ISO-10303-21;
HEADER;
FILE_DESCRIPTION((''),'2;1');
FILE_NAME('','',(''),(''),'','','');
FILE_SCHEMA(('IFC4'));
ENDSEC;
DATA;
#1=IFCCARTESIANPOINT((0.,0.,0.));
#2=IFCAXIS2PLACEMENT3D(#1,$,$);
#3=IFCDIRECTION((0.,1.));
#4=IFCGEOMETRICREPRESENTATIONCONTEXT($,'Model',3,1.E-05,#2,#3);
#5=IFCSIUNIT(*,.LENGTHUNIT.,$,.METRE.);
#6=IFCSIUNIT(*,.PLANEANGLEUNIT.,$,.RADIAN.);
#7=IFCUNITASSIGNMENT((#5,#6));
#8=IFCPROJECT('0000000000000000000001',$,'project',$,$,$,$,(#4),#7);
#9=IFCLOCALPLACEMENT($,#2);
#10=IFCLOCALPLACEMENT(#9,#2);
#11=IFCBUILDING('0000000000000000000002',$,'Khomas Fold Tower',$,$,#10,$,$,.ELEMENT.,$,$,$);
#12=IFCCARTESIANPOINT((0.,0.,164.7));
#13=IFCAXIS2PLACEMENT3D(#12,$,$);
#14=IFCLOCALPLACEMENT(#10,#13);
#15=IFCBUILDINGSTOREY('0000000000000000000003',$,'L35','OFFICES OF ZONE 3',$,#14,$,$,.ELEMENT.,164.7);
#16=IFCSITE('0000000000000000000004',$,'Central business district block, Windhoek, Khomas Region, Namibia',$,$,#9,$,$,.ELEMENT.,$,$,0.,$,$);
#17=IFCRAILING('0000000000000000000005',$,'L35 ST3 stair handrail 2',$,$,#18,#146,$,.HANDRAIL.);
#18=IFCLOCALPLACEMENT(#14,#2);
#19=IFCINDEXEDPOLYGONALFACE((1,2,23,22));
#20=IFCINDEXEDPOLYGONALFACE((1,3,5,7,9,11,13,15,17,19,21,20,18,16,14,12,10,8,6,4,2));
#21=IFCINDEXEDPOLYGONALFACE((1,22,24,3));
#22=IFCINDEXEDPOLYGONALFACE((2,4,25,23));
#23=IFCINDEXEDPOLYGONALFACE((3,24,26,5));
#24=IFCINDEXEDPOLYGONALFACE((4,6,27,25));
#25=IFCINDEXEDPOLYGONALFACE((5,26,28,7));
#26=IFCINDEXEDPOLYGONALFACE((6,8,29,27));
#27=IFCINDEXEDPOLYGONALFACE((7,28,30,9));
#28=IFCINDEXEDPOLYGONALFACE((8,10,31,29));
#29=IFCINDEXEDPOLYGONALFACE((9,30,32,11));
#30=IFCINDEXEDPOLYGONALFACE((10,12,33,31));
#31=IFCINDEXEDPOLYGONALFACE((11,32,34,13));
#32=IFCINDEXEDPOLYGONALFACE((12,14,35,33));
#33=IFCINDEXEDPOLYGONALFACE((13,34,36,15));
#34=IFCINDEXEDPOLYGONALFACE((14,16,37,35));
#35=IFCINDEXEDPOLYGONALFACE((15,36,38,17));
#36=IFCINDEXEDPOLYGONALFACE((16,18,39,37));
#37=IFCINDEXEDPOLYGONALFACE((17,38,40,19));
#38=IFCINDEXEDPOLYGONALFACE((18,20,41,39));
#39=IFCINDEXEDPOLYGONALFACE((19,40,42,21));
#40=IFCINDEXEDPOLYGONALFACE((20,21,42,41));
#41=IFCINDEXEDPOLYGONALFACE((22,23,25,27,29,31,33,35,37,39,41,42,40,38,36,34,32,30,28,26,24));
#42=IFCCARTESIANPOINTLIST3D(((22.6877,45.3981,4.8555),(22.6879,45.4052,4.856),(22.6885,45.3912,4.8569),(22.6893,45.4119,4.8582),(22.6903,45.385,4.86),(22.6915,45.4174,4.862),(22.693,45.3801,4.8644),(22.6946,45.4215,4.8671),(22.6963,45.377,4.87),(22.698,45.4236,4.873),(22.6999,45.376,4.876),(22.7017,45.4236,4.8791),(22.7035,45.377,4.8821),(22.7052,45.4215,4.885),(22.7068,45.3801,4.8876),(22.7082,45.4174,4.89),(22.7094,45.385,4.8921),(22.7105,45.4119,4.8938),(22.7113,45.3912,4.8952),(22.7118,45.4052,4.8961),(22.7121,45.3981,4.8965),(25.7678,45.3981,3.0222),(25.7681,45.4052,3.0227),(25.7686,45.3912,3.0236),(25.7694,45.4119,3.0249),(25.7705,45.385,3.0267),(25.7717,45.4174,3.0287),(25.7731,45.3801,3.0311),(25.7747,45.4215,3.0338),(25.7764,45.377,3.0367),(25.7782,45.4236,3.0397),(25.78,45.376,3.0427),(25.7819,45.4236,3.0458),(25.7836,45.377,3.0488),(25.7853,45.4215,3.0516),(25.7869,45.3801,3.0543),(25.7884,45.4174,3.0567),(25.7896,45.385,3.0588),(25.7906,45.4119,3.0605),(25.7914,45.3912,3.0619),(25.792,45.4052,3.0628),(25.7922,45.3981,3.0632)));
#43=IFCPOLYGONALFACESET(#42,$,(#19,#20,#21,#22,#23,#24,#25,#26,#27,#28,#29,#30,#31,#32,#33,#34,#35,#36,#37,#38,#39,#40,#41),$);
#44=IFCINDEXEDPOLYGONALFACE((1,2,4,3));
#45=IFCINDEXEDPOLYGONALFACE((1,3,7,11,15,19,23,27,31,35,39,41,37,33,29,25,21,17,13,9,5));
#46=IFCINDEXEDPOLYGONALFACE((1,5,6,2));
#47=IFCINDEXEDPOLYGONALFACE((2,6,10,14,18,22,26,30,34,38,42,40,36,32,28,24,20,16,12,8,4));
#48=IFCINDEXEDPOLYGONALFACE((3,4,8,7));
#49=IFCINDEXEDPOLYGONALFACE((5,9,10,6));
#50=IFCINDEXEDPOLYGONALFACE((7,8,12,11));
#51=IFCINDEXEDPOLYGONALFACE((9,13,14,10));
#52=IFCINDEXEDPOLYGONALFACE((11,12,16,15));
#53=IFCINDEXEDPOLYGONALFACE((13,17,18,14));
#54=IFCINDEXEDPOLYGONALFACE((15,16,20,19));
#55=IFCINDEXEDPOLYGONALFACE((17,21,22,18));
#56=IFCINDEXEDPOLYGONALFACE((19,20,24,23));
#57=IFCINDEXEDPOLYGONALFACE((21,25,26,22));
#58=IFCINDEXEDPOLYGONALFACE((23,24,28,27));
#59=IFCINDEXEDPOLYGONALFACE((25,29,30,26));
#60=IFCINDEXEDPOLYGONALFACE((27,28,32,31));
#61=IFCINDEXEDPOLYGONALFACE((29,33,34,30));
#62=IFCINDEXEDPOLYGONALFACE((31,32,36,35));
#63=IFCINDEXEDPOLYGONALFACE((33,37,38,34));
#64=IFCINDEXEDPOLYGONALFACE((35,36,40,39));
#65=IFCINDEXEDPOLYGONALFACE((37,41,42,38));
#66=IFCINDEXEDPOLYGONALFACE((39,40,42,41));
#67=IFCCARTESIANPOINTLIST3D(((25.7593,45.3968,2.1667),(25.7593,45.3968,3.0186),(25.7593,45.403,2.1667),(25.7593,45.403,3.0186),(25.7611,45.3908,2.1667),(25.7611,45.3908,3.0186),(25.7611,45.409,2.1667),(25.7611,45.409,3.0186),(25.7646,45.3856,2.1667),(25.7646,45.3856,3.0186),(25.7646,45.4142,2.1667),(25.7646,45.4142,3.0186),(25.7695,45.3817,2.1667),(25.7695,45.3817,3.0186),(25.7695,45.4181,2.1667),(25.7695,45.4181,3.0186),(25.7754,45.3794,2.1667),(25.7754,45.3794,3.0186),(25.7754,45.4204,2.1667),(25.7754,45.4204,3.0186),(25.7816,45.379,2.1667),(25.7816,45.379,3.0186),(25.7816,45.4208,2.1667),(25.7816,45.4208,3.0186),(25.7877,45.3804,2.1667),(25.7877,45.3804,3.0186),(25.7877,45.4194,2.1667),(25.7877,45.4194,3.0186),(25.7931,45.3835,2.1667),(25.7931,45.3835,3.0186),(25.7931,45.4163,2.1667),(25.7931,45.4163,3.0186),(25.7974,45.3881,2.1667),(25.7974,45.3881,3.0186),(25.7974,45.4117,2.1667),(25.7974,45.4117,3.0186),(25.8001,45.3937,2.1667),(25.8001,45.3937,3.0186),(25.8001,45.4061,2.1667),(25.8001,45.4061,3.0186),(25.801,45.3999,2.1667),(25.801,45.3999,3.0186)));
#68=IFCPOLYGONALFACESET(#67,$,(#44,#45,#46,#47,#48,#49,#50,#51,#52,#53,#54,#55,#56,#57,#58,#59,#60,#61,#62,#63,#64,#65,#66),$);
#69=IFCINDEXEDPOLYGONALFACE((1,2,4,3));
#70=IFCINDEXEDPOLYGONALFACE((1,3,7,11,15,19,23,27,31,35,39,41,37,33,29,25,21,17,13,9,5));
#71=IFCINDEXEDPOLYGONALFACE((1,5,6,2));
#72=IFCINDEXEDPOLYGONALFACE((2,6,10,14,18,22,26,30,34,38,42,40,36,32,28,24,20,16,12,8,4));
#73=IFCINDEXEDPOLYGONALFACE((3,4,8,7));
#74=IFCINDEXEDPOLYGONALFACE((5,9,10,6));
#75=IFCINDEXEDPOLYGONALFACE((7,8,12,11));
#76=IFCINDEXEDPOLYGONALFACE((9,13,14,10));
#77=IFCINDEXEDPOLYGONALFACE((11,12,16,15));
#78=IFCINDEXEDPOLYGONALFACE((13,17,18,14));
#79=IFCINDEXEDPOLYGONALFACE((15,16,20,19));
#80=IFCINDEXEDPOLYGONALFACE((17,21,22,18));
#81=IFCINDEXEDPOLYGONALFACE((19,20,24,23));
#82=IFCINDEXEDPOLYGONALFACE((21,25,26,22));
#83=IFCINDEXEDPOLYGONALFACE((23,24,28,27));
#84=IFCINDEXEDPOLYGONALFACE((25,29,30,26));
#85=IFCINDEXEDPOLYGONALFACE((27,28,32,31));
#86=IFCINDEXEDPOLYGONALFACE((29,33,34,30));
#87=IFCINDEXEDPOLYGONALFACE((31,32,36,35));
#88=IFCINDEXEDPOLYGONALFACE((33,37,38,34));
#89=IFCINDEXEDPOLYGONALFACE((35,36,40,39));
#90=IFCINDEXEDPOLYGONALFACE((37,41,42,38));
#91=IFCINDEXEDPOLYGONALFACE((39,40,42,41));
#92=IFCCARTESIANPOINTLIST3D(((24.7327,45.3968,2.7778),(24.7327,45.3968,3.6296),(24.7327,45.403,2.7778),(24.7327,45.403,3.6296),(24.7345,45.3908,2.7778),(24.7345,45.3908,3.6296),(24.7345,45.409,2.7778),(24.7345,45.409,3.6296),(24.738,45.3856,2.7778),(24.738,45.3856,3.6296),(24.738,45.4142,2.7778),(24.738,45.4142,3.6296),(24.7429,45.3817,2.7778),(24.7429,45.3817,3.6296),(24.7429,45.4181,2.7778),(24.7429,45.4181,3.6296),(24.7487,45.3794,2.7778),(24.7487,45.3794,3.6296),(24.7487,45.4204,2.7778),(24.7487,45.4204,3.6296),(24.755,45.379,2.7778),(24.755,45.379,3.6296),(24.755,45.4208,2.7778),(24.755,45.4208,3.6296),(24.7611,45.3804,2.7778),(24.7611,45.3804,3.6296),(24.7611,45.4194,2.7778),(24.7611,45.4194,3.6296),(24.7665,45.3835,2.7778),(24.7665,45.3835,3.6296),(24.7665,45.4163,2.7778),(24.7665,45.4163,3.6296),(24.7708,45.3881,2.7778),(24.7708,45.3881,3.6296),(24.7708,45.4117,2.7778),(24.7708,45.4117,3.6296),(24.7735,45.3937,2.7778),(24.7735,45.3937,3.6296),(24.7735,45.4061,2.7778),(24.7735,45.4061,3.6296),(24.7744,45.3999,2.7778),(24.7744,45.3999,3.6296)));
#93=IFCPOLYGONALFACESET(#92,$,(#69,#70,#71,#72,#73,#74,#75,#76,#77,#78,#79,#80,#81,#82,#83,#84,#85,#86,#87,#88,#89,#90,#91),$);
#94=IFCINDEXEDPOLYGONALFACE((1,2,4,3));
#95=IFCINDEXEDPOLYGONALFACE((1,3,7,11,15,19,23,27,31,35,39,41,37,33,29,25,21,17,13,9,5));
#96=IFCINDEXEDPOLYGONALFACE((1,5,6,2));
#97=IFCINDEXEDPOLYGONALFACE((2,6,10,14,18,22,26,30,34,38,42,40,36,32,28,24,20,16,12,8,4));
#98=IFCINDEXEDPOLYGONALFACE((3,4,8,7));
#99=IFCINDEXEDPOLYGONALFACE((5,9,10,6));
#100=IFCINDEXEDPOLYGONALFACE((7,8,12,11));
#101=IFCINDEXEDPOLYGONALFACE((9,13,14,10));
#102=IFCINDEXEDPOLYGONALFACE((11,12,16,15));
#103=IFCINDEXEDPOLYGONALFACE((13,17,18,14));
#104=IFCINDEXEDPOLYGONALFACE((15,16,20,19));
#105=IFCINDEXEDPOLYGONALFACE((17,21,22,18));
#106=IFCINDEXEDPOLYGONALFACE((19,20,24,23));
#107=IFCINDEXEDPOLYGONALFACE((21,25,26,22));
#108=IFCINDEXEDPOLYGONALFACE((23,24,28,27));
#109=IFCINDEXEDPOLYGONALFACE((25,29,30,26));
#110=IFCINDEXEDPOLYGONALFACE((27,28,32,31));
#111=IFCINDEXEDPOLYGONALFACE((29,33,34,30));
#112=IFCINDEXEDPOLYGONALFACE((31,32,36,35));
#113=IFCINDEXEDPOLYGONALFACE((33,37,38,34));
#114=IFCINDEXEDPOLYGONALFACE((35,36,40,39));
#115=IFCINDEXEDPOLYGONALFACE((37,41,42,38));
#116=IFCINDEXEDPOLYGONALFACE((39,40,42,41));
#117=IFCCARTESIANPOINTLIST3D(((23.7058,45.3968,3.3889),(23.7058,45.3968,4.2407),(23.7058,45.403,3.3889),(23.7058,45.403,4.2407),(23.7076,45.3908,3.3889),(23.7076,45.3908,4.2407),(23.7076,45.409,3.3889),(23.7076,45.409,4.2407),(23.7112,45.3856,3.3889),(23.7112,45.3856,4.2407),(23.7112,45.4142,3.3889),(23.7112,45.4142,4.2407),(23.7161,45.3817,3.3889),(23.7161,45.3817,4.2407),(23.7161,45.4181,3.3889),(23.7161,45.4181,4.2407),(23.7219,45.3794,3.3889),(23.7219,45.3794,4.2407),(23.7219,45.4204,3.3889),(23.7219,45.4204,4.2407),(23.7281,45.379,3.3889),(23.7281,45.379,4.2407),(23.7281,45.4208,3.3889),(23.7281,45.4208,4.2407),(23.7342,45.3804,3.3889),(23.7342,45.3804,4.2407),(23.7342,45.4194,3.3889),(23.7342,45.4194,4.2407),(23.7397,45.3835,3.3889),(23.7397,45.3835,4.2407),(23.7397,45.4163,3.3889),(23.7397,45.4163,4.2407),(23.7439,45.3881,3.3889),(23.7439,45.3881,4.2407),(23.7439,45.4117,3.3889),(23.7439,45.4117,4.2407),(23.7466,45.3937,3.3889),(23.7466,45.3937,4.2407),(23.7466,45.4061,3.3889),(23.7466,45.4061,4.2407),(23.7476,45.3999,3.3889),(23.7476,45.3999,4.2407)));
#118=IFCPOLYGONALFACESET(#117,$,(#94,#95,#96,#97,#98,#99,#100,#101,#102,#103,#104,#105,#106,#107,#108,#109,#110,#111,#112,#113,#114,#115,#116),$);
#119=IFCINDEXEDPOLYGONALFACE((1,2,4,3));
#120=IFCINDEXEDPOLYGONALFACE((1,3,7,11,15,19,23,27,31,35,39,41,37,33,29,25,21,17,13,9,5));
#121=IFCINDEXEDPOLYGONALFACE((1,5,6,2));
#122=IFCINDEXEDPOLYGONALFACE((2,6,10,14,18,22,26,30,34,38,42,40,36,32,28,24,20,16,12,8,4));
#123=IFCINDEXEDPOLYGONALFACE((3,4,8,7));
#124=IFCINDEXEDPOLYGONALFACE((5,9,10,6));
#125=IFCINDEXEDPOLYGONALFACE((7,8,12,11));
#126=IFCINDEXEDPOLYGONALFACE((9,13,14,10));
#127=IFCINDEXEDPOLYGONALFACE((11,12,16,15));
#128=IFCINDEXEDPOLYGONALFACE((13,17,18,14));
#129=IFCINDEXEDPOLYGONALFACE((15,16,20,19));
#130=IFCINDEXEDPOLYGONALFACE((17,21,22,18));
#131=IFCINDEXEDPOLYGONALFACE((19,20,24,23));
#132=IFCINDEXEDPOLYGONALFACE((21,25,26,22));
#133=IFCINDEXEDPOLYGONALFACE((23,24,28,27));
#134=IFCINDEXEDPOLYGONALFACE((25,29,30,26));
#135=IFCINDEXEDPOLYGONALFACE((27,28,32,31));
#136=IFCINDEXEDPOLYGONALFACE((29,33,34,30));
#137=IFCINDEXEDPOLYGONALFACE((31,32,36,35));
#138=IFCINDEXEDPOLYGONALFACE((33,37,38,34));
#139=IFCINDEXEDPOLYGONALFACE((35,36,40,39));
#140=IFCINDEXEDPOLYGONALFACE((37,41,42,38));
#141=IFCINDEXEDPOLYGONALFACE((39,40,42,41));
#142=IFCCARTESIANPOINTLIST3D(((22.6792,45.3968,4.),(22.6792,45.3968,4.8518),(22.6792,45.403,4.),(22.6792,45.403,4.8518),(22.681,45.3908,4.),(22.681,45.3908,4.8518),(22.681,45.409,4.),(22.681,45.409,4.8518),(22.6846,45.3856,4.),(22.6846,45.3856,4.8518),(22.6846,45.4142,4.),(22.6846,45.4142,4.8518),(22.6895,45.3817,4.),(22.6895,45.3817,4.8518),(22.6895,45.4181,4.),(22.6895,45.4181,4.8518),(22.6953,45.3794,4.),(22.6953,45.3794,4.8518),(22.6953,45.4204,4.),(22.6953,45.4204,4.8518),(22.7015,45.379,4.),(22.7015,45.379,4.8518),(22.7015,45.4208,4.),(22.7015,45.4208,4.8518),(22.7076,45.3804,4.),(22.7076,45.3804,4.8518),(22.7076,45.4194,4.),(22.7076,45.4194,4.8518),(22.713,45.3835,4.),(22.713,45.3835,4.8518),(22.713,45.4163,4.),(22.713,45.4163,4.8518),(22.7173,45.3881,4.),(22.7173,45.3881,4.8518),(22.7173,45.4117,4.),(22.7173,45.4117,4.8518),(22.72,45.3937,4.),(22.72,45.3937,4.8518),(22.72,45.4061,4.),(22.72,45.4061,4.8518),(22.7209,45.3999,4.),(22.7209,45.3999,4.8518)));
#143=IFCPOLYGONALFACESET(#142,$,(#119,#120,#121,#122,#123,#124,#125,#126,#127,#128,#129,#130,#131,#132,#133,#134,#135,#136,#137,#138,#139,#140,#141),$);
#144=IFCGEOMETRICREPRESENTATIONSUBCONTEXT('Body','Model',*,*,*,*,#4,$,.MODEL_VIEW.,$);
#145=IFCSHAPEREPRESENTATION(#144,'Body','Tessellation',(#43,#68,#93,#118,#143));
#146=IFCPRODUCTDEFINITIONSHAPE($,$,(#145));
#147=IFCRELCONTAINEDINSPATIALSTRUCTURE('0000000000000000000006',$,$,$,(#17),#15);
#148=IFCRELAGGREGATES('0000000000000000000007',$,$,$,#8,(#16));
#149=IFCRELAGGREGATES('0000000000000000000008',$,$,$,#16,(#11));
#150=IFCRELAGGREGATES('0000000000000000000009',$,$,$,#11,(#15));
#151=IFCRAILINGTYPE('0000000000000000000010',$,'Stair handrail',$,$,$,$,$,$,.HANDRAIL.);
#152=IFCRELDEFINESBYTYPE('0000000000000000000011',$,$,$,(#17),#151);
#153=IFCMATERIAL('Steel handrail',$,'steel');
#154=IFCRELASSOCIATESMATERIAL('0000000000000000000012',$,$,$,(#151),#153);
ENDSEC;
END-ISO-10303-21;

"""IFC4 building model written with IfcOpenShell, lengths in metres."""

from ifc_helpers import new_model, si_unit, direction, frame, origin, origin_2d, place, context, subcontext, project, spatial, circle, extrude, source, transform, mapped, material, type_object, element, save


model = new_model("IFC4")

# Units and contexts
model_context = context("Model", 3, precision=1e-05, world=origin(), true_north=direction((0.0, 1.0)))
body_context = subcontext(model_context, "Body", "Model", "MODEL_VIEW")
ifc_project = project(units=[si_unit("LENGTHUNIT", "METRE"), si_unit("PLANEANGLEUNIT", "RADIAN")], contexts=[model_context])

# Site, building, storey
site_placement = place(None, origin())
site = spatial("IfcSite", under=ifc_project, at=site_placement, Name="Central business district block, Windhoek, Khomas Region, Namibia", CompositionType="ELEMENT", RefElevation=0.0)
building_placement = place(site_placement, origin())
building = spatial("IfcBuilding", under=site, at=building_placement, Name="Khomas Fold Tower", CompositionType="ELEMENT")
storey_placement = place(building_placement, frame((0.0, 0.0, 164.7)))
storey = spatial("IfcBuildingStorey", under=building, at=storey_placement, Name="L35", Description="OFFICES OF ZONE 3", CompositionType="ELEMENT", Elevation=164.7)

# Railing
ifc_material_1 = material(Name="Steel handrail", Category="steel")
railing_type_1 = type_object("IfcRailingType", Name="Stair handrail", PredefinedType="HANDRAIL", material=ifc_material_1)
shared_shape_1 = source(origin(), body_context, "Body", "SweptSolid", [
    extrude(circle(Radius=0.0239, at=origin_2d()), frame((0.0, 0.0, 0.876), z_axis=(-0.859309, 0.0, 0.511458), x_axis=(0.0, -1.0, 0.0)), (0.0, 0.0, 1.0), 3.5845),
    extrude(circle(Radius=0.021, at=origin_2d()), origin(), (0.0, 0.0, 1.0), 0.8518),
    extrude(circle(Radius=0.021, at=origin_2d()), frame((-1.0266, 0.0, 0.6111)), (0.0, 0.0, 1.0), 0.8518),
    extrude(circle(Radius=0.021, at=origin_2d()), frame((-2.0535, 0.0, 1.2222)), (0.0, 0.0, 1.0), 0.8518),
    extrude(circle(Radius=0.021, at=origin_2d()), frame((-3.0801, 0.0, 1.8333)), (0.0, 0.0, 1.0), 0.8518),
])
railing_1_placement = place(storey_placement, frame((25.78, 45.3999, 2.1667)))
element("IfcRailing", 1, at=railing_1_placement, inside=storey, type_object=railing_type_1, Name="L35 ST3 stair handrail 2", PredefinedType="HANDRAIL", context=body_context, shape_type="MappedRepresentation", body=[
    mapped(shared_shape_1, transform((0.0, 0.0, 0.0))),
])

save(model, "model.ifc")
